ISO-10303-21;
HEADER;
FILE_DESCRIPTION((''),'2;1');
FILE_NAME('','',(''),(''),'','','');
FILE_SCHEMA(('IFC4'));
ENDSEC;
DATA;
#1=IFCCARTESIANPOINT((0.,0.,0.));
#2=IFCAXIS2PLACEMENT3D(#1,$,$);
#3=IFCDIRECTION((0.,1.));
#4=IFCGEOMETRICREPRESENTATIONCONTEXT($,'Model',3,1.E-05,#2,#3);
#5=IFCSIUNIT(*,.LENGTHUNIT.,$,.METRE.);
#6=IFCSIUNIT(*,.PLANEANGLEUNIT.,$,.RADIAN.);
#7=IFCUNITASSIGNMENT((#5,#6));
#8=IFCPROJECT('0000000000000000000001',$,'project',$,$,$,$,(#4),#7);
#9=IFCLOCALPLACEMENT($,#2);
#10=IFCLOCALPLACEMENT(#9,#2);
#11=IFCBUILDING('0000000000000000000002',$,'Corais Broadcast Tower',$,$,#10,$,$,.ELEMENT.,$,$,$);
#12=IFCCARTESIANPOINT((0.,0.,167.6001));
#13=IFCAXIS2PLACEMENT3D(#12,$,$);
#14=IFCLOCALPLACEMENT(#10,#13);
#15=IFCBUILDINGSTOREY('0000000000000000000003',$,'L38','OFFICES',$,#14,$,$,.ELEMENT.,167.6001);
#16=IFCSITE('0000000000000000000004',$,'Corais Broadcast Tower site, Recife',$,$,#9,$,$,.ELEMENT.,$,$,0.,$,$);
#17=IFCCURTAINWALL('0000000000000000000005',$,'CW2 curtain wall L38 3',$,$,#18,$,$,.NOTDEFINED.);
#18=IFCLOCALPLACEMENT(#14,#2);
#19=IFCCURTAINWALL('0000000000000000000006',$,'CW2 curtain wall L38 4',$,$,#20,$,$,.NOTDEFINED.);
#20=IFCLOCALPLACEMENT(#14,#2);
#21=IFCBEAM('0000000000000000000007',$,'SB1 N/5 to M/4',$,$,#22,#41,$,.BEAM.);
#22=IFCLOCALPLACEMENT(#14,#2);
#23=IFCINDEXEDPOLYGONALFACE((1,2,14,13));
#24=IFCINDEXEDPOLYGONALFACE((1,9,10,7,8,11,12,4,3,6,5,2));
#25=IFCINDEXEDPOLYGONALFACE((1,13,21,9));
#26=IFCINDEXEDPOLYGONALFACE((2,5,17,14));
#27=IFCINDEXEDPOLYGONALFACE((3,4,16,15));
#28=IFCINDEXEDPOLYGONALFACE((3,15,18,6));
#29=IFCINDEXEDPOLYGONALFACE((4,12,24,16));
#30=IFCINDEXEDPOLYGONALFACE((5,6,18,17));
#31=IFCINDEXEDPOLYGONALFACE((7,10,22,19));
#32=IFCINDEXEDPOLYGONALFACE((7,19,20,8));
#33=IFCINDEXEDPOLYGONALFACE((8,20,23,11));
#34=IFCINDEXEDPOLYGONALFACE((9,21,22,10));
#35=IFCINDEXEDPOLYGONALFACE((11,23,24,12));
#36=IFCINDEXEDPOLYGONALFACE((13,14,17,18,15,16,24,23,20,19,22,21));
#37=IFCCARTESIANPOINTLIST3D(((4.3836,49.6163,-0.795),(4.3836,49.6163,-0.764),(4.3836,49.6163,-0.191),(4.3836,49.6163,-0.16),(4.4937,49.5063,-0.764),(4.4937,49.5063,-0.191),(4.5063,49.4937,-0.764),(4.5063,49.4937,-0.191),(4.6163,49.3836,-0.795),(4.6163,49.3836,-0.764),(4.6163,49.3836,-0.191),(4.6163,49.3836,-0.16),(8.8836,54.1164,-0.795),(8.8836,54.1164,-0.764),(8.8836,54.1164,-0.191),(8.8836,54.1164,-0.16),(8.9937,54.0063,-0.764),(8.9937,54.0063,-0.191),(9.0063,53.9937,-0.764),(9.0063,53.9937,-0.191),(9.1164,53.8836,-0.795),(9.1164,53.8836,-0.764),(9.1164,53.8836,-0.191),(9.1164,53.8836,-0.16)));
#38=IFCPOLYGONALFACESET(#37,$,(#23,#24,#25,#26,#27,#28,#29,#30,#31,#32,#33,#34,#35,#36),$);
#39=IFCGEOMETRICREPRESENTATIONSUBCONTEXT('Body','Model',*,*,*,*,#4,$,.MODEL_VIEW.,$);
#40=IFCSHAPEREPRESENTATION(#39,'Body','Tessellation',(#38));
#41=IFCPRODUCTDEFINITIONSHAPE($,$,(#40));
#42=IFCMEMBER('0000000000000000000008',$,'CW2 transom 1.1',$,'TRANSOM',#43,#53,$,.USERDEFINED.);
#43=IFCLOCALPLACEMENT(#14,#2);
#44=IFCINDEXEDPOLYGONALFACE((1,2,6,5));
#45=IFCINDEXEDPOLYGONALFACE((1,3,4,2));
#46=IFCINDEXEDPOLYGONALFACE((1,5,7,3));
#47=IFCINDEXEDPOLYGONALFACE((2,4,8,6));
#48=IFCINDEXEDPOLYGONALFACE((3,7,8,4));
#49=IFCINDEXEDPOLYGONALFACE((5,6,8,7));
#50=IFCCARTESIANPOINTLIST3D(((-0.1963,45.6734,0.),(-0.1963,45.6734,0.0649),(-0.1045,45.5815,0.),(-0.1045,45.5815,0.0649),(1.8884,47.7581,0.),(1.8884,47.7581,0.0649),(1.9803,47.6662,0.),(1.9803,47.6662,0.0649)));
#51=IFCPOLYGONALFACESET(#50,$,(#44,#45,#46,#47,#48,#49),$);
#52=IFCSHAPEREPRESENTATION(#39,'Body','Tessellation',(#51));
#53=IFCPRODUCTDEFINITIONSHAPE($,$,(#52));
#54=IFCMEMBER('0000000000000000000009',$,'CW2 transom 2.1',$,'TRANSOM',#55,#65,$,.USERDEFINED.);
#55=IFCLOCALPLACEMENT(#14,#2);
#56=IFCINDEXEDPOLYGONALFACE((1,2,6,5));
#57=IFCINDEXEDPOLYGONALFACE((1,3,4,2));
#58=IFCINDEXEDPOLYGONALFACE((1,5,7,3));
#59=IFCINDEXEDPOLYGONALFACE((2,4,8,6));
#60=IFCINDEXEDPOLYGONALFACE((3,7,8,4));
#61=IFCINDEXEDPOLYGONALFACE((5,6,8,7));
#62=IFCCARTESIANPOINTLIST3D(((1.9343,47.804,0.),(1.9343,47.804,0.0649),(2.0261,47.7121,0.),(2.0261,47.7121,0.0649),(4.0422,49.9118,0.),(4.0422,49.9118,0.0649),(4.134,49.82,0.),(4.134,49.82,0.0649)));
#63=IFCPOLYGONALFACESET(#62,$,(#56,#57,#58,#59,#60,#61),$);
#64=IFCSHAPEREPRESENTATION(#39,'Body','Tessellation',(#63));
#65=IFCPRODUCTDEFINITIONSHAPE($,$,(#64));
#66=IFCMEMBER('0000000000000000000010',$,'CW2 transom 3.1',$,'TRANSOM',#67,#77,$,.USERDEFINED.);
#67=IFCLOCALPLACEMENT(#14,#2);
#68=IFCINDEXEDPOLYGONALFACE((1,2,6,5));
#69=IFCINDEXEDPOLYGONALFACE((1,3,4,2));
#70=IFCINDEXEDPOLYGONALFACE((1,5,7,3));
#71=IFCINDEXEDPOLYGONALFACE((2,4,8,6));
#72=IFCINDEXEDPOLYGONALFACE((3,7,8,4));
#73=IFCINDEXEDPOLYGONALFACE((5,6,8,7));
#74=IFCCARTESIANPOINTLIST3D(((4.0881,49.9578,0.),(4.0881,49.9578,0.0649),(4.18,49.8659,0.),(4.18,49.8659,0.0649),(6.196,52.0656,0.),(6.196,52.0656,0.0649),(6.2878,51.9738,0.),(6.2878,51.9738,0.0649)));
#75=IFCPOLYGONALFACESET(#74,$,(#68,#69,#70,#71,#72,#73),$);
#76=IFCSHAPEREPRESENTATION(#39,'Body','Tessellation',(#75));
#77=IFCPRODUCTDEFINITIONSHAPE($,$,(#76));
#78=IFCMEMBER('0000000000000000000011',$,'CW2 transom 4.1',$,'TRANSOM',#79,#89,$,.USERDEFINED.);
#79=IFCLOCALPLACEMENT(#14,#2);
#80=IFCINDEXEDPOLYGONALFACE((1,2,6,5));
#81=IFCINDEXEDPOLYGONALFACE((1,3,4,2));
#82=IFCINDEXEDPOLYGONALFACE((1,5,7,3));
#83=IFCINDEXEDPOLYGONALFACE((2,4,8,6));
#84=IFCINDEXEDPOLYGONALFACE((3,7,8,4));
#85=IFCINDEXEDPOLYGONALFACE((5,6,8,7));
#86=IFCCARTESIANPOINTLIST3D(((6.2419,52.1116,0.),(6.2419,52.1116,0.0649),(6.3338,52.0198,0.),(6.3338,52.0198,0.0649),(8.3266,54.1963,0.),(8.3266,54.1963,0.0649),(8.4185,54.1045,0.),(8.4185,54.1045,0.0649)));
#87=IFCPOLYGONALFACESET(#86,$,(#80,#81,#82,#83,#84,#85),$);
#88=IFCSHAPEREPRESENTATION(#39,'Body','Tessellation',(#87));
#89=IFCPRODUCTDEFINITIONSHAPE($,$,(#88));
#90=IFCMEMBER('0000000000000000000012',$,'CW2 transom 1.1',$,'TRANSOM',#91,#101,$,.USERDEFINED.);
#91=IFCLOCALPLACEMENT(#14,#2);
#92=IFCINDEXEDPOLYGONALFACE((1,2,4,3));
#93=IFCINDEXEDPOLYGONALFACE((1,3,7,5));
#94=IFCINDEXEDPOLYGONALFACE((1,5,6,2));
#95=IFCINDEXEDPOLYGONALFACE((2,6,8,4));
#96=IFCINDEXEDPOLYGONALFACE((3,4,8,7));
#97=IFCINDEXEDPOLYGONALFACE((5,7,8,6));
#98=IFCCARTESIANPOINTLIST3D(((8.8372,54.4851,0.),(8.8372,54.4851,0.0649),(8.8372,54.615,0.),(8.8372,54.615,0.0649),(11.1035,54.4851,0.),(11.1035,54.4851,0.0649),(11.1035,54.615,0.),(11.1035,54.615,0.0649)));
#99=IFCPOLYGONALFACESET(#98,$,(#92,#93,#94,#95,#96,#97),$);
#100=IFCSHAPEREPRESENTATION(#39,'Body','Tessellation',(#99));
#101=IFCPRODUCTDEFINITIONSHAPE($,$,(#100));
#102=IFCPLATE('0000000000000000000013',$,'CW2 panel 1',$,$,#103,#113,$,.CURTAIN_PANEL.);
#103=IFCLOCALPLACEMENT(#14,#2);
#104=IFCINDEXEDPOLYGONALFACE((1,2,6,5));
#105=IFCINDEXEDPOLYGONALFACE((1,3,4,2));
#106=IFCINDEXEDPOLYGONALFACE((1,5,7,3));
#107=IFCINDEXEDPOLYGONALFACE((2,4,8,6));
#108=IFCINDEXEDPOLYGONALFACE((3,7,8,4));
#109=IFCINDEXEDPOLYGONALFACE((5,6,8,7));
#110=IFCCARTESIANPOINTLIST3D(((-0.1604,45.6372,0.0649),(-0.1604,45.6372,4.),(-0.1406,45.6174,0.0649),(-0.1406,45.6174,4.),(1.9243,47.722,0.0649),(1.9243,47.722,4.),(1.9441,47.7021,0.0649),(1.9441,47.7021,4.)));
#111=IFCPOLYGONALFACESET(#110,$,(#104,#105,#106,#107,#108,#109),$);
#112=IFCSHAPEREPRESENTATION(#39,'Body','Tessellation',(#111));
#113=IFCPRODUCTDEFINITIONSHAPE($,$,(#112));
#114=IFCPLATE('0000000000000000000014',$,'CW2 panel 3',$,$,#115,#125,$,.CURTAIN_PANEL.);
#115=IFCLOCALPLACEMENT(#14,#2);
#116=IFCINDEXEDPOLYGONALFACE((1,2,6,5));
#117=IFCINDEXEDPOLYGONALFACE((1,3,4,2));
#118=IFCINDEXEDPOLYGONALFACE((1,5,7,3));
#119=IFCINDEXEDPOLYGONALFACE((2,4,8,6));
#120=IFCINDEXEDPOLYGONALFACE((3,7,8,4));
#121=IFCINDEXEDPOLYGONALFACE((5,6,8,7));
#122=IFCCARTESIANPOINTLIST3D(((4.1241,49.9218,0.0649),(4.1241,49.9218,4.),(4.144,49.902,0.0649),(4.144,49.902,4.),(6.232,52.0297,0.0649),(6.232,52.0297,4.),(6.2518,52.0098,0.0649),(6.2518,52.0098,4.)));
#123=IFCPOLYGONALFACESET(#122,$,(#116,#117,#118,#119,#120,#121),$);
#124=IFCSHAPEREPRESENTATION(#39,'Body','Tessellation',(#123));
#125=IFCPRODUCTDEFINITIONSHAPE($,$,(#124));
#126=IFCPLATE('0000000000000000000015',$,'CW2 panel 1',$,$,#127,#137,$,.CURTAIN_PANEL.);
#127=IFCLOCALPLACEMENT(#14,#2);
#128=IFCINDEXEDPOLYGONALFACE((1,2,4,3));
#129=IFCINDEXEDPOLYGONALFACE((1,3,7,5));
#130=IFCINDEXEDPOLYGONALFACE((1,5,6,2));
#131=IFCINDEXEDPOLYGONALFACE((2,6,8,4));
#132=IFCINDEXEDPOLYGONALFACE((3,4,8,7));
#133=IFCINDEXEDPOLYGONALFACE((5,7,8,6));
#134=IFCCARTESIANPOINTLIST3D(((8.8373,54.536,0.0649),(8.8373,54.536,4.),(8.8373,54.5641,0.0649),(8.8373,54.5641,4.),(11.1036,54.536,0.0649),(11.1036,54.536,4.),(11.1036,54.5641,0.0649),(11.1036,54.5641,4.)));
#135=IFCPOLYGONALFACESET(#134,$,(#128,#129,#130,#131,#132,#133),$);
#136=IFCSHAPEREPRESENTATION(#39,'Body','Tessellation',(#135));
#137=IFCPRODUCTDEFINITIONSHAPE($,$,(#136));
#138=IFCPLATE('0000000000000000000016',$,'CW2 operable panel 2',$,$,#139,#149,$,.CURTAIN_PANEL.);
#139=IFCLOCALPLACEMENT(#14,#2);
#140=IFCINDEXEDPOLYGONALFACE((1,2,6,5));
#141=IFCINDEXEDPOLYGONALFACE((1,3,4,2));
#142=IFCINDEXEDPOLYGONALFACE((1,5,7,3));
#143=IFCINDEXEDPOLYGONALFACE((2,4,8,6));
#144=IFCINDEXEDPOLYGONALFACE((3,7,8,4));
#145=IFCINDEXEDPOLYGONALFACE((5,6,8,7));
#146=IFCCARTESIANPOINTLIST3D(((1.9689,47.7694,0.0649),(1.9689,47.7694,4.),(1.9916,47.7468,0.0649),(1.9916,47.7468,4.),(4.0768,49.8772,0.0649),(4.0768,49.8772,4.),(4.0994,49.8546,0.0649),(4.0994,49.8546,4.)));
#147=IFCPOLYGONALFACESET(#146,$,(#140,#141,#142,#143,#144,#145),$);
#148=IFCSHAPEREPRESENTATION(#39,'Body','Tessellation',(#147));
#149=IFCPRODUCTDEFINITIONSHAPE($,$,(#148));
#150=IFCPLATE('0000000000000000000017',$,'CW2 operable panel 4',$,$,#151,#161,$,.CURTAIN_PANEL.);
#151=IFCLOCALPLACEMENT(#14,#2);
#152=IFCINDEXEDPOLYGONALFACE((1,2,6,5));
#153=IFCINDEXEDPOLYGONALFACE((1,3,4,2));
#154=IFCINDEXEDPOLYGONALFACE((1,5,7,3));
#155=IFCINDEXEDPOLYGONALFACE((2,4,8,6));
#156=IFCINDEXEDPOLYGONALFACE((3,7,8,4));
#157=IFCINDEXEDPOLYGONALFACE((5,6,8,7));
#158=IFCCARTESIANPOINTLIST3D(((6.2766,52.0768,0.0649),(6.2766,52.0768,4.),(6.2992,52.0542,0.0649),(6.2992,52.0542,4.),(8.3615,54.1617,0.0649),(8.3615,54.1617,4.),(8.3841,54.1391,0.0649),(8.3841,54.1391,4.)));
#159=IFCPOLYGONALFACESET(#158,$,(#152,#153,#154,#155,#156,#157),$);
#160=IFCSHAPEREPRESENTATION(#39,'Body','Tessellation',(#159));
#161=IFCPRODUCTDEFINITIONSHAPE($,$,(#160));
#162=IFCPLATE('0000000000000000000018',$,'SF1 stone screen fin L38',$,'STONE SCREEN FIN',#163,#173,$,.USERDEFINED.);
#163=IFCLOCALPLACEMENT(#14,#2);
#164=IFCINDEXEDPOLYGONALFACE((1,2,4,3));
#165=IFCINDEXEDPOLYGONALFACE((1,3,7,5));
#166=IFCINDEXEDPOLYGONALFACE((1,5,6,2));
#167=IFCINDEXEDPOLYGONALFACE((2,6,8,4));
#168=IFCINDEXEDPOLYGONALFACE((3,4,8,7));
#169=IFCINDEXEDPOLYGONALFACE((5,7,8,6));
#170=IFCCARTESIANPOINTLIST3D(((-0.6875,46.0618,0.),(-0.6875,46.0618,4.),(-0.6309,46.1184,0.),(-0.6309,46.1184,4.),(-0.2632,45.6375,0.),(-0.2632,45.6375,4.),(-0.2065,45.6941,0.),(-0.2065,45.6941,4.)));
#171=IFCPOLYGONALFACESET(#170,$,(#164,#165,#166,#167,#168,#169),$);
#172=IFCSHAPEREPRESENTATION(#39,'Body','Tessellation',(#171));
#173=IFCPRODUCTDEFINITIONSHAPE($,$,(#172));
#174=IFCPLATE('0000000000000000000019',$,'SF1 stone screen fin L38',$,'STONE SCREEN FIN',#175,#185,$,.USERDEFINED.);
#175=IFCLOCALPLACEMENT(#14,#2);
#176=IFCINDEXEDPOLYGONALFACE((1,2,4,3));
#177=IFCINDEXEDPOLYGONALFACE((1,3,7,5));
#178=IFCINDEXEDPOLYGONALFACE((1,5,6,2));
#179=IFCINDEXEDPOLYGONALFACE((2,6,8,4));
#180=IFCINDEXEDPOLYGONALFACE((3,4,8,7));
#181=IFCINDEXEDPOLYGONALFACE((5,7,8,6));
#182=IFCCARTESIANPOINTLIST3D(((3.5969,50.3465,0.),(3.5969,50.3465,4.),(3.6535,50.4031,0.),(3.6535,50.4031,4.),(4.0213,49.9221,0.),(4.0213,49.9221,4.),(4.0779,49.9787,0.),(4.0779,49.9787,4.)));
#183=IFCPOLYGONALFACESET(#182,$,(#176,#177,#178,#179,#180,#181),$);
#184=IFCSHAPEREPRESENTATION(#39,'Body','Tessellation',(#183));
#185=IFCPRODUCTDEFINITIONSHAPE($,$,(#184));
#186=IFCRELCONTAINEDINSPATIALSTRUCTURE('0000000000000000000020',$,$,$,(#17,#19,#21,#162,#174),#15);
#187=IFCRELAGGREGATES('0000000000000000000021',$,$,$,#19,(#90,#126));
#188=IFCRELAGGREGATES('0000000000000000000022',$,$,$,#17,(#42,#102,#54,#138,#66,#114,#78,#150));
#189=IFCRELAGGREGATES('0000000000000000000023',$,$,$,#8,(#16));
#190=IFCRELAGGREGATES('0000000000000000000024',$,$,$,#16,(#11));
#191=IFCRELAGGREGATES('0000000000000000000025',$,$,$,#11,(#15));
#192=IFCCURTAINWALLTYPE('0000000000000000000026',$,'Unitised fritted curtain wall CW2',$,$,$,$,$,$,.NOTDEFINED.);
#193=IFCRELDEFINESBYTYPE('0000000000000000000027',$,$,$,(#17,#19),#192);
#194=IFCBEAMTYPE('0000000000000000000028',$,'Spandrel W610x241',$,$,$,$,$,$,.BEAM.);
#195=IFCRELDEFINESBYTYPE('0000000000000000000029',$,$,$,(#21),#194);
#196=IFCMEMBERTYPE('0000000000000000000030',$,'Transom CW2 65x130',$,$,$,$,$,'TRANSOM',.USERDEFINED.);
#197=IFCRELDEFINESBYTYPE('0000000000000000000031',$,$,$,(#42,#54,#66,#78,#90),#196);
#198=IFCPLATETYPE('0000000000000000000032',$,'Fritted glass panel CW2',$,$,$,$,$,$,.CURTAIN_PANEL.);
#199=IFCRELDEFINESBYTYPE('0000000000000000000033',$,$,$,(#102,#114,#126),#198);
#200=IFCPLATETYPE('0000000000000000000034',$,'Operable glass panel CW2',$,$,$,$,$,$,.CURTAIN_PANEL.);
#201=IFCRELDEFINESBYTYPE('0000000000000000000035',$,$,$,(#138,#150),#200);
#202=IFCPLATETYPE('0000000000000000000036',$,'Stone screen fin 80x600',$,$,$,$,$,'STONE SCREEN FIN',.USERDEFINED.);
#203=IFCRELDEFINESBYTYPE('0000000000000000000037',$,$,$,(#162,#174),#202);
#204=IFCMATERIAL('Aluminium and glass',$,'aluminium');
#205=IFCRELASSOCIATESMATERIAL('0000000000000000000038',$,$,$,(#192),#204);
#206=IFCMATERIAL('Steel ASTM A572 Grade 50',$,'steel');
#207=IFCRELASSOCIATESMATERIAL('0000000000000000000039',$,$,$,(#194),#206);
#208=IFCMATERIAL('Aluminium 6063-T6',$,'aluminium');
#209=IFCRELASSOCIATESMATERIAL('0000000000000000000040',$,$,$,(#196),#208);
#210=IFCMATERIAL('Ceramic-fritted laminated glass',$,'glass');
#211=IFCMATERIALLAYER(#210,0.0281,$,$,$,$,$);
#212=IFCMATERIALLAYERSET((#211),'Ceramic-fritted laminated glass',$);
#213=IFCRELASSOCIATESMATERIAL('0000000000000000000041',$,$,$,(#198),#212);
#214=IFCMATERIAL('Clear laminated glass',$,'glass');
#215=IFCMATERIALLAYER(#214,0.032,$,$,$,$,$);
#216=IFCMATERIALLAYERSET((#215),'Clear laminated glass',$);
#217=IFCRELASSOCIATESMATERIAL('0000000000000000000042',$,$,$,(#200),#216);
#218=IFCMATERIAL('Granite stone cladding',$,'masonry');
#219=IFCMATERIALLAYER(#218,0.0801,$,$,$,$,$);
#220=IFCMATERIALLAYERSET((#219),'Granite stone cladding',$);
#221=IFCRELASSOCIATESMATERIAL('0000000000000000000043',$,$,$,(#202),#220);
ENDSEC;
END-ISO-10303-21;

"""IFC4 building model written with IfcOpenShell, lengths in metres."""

from ifc_helpers import new_model, si_unit, direction, frame, origin, origin_2d, place, context, subcontext, project, spatial, rectangle, i_section, extrude, material, layer, layer_set, material_profile, profile_set, type_object, element, aggregate, save


model = new_model("IFC4")

# Units and contexts
model_context = context("Model", 3, precision=1e-05, world=origin(), true_north=direction((0.0, 1.0)))
body_context = subcontext(model_context, "Body", "Model", "MODEL_VIEW")
ifc_project = project(units=[si_unit("LENGTHUNIT", "METRE"), si_unit("PLANEANGLEUNIT", "RADIAN")], contexts=[model_context])

# Site, building, storey
site_placement = place(None, origin())
site = spatial("IfcSite", under=ifc_project, at=site_placement, Name="Corais Broadcast Tower site, Recife", CompositionType="ELEMENT", RefElevation=0.0)
building_placement = place(site_placement, origin())
building = spatial("IfcBuilding", under=site, at=building_placement, Name="Corais Broadcast Tower", CompositionType="ELEMENT")
storey_placement = place(building_placement, frame((0.0, 0.0, 167.6001)))
storey = spatial("IfcBuildingStorey", under=building, at=storey_placement, Name="L38", Description="OFFICES", CompositionType="ELEMENT", Elevation=167.6001)

# Curtain wall
ifc_material_1 = material(Name="Aluminium and glass", Category="aluminium")
curtain_wall_type = type_object("IfcCurtainWallType", Name="Unitised fritted curtain wall CW2", PredefinedType="NOTDEFINED", material=ifc_material_1)
curtain_wall_1_placement = place(storey_placement, origin())
curtain_wall_1 = element("IfcCurtainWall", 1, at=curtain_wall_1_placement, inside=storey, type_object=curtain_wall_type, Name="CW2 curtain wall L38 3", PredefinedType="NOTDEFINED")

# Curtain wall
curtain_wall_2_placement = place(storey_placement, origin())
curtain_wall_2 = element("IfcCurtainWall", 2, at=curtain_wall_2_placement, inside=storey, type_object=curtain_wall_type, Name="CW2 curtain wall L38 4", PredefinedType="NOTDEFINED")

# Beam
ifc_material_2 = material(Name="Steel ASTM A572 Grade 50", Category="steel")
ifc_material_profile_1 = material_profile(ifc_material_2, i_section(OverallWidth=0.3291, OverallDepth=0.635, WebThickness=0.0178, FlangeThickness=0.031, at=origin_2d()), Name="W610x241")
ifc_profile_set_1 = profile_set([ifc_material_profile_1], Name="Steel ASTM A572 Grade 50")
beam_type_1 = type_object("IfcBeamType", Name="Spandrel W610x241", PredefinedType="BEAM", material=ifc_profile_set_1)
for number, where, z_axis, x_axis, name in (
    (3, (9.0, 54.0, -0.4775), (-0.707107, -0.707107, 0.0), (0.707107, -0.707107, 0.0), "SB1 N/5 to M/4"),
):
    element("IfcBeam", number, at=place(storey_placement, frame(where, z_axis=z_axis, x_axis=x_axis)), inside=storey, type_object=beam_type_1, Name=name, PredefinedType="BEAM", context=body_context, shape_type="SweptSolid", body=[
        extrude(i_section(OverallWidth=0.3291, OverallDepth=0.635, WebThickness=0.0178, FlangeThickness=0.031, at=origin_2d()), origin(), (0.0, 0.0, 1.0), 6.364),
    ])

# Members
ifc_material_3 = material(Name="Aluminium 6063-T6", Category="aluminium")
ifc_material_profile_2 = material_profile(ifc_material_3, rectangle(XDim=0.1299, YDim=0.0649, at=origin_2d()), Name="Transom CW2 65x130")
ifc_profile_set_2 = profile_set([ifc_material_profile_2], Name="Aluminium 6063-T6")
member_type_1 = type_object("IfcMemberType", Name="Transom CW2 65x130", ElementType="TRANSOM", PredefinedType="USERDEFINED", material=ifc_profile_set_2)
member_1_placement = place(storey_placement, frame((-0.1504, 45.6274, 0.0325), z_axis=(0.707107, 0.707107, 0.0), x_axis=(-0.707107, 0.707107, 0.0)))
member_1 = element("IfcMember", 4, at=member_1_placement, type_object=member_type_1, Name="CW2 transom 1.1", ObjectType="TRANSOM", PredefinedType="USERDEFINED", context=body_context, shape_type="SweptSolid", body=[
    extrude(rectangle(XDim=0.1299, YDim=0.0649, at=origin_2d()), origin(), (0.0, 0.0, 1.0), 2.9482),
])
member_2_placement = place(storey_placement, frame((1.9802, 47.7581, 0.0325), z_axis=(0.707107, 0.707107, 0.0), x_axis=(-0.707107, 0.707107, 0.0)))
member_2 = element("IfcMember", 5, at=member_2_placement, type_object=member_type_1, Name="CW2 transom 2.1", ObjectType="TRANSOM", PredefinedType="USERDEFINED", context=body_context, shape_type="SweptSolid", body=[
    extrude(rectangle(XDim=0.1299, YDim=0.0649, at=origin_2d()), origin(), (0.0, 0.0, 1.0), 2.981),
])
member_3_placement = place(storey_placement, frame((4.134, 49.9119, 0.0325), z_axis=(0.707107, 0.707107, 0.0), x_axis=(-0.707107, 0.707107, 0.0)))
member_3 = element("IfcMember", 6, at=member_3_placement, type_object=member_type_1, Name="CW2 transom 3.1", ObjectType="TRANSOM", PredefinedType="USERDEFINED", context=body_context, shape_type="SweptSolid", body=[
    extrude(rectangle(XDim=0.1299, YDim=0.0649, at=origin_2d()), origin(), (0.0, 0.0, 1.0), 2.981),
])
member_4_placement = place(storey_placement, frame((6.2878, 52.0657, 0.0325), z_axis=(0.707107, 0.707107, 0.0), x_axis=(-0.707107, 0.707107, 0.0)))
member_4 = element("IfcMember", 7, at=member_4_placement, type_object=member_type_1, Name="CW2 transom 4.1", ObjectType="TRANSOM", PredefinedType="USERDEFINED", context=body_context, shape_type="SweptSolid", body=[
    extrude(rectangle(XDim=0.1299, YDim=0.0649, at=origin_2d()), origin(), (0.0, 0.0, 1.0), 2.9482),
])
member_5_placement = place(storey_placement, frame((8.8372, 54.55, 0.0325), z_axis=(1.0, 0.0, 0.0), x_axis=(0.0, 1.0, 0.0)))
member_5 = element("IfcMember", 8, at=member_5_placement, type_object=member_type_1, Name="CW2 transom 1.1", ObjectType="TRANSOM", PredefinedType="USERDEFINED", context=body_context, shape_type="SweptSolid", body=[
    extrude(rectangle(XDim=0.1299, YDim=0.0649, at=origin_2d()), origin(), (0.0, 0.0, 1.0), 2.2664),
])

# Plates
ifc_material_4 = material(Name="Ceramic-fritted laminated glass", Category="glass")
ifc_layer_1 = layer(ifc_material_4, 0.0281)
ifc_layer_set_1 = layer_set([ifc_layer_1], Name="Ceramic-fritted laminated glass")
plate_type_1 = type_object("IfcPlateType", Name="Fritted glass panel CW2", PredefinedType="CURTAIN_PANEL", material=ifc_layer_set_1)
plate_1_placement = place(storey_placement, frame((0.8918, 46.6697, 0.0649), z_axis=(0.0, 0.0, 1.0), x_axis=(0.707107, 0.707107, 0.0)))
plate_1 = element("IfcPlate", 9, at=plate_1_placement, type_object=plate_type_1, Name="CW2 panel 1", PredefinedType="CURTAIN_PANEL", context=body_context, shape_type="SweptSolid", body=[
    extrude(rectangle(XDim=2.9482, YDim=0.0281, at=origin_2d()), origin(), (0.0, 0.0, 1.0), 3.9351),
])
plate_2_placement = place(storey_placement, frame((5.188, 50.9658, 0.0649), z_axis=(0.0, 0.0, 1.0), x_axis=(0.707107, 0.707107, 0.0)))
plate_2 = element("IfcPlate", 10, at=plate_2_placement, type_object=plate_type_1, Name="CW2 panel 3", PredefinedType="CURTAIN_PANEL", context=body_context, shape_type="SweptSolid", body=[
    extrude(rectangle(XDim=2.981, YDim=0.0281, at=origin_2d()), origin(), (0.0, 0.0, 1.0), 3.9351),
])
plate_3_placement = place(storey_placement, frame((9.9705, 54.55, 0.0649), z_axis=(0.0, 0.0, 1.0), x_axis=(1.0, 0.0, 0.0)))
plate_3 = element("IfcPlate", 11, at=plate_3_placement, type_object=plate_type_1, Name="CW2 panel 1", PredefinedType="CURTAIN_PANEL", context=body_context, shape_type="SweptSolid", body=[
    extrude(rectangle(XDim=2.2664, YDim=0.0281, at=origin_2d()), origin(), (0.0, 0.0, 1.0), 3.9351),
])
aggregate(curtain_wall_2, [member_5, plate_3])
ifc_material_5 = material(Name="Clear laminated glass", Category="glass")
ifc_layer_2 = layer(ifc_material_5, 0.032)
ifc_layer_set_2 = layer_set([ifc_layer_2], Name="Clear laminated glass")
plate_type_2 = type_object("IfcPlateType", Name="Operable glass panel CW2", PredefinedType="CURTAIN_PANEL", material=ifc_layer_set_2)
plate_4_placement = place(storey_placement, frame((3.0342, 48.812, 0.0649), z_axis=(0.0, 0.0, 1.0), x_axis=(0.707107, 0.707107, 0.0)))
plate_4 = element("IfcPlate", 12, at=plate_4_placement, type_object=plate_type_2, Name="CW2 operable panel 2", PredefinedType="CURTAIN_PANEL", context=body_context, shape_type="SweptSolid", body=[
    extrude(rectangle(XDim=2.981, YDim=0.032, at=origin_2d()), origin(), (0.0, 0.0, 1.0), 3.9351),
])
plate_5_placement = place(storey_placement, frame((7.3303, 53.1079, 0.0649), z_axis=(0.0, 0.0, 1.0), x_axis=(0.707107, 0.707107, 0.0)))
plate_5 = element("IfcPlate", 13, at=plate_5_placement, type_object=plate_type_2, Name="CW2 operable panel 4", PredefinedType="CURTAIN_PANEL", context=body_context, shape_type="SweptSolid", body=[
    extrude(rectangle(XDim=2.9485, YDim=0.032, at=origin_2d()), origin(), (0.0, 0.0, 1.0), 3.9351),
])
aggregate(curtain_wall_1, [member_1, plate_1, member_2, plate_4, member_3, plate_2, member_4, plate_5])

# Plates
ifc_material_6 = material(Name="Granite stone cladding", Category="masonry")
ifc_layer_3 = layer(ifc_material_6, 0.0801)
ifc_layer_set_3 = layer_set([ifc_layer_3], Name="Granite stone cladding")
plate_type_3 = type_object("IfcPlateType", Name="Stone screen fin 80x600", ElementType="STONE SCREEN FIN", PredefinedType="USERDEFINED", material=ifc_layer_set_3)
for number, where, z_axis, x_axis, name in (
    (14, (-0.447, 45.8779, 0.0), (0.0, 0.0, 1.0), (0.707107, 0.707107, 0.0), "SF1 stone screen fin L38"),
    (15, (3.8374, 50.1626, 0.0), (0.0, 0.0, 1.0), (0.707107, 0.707107, 0.0), "SF1 stone screen fin L38"),
):
    element("IfcPlate", number, at=place(storey_placement, frame(where, z_axis=z_axis, x_axis=x_axis)), inside=storey, type_object=plate_type_3, Name=name, ObjectType="STONE SCREEN FIN", PredefinedType="USERDEFINED", context=body_context, shape_type="SweptSolid", body=[
        extrude(rectangle(XDim=0.0801, YDim=0.6001, at=origin_2d()), origin(), (0.0, 0.0, 1.0), 4.0),
    ])

save(model, "model.ifc")
